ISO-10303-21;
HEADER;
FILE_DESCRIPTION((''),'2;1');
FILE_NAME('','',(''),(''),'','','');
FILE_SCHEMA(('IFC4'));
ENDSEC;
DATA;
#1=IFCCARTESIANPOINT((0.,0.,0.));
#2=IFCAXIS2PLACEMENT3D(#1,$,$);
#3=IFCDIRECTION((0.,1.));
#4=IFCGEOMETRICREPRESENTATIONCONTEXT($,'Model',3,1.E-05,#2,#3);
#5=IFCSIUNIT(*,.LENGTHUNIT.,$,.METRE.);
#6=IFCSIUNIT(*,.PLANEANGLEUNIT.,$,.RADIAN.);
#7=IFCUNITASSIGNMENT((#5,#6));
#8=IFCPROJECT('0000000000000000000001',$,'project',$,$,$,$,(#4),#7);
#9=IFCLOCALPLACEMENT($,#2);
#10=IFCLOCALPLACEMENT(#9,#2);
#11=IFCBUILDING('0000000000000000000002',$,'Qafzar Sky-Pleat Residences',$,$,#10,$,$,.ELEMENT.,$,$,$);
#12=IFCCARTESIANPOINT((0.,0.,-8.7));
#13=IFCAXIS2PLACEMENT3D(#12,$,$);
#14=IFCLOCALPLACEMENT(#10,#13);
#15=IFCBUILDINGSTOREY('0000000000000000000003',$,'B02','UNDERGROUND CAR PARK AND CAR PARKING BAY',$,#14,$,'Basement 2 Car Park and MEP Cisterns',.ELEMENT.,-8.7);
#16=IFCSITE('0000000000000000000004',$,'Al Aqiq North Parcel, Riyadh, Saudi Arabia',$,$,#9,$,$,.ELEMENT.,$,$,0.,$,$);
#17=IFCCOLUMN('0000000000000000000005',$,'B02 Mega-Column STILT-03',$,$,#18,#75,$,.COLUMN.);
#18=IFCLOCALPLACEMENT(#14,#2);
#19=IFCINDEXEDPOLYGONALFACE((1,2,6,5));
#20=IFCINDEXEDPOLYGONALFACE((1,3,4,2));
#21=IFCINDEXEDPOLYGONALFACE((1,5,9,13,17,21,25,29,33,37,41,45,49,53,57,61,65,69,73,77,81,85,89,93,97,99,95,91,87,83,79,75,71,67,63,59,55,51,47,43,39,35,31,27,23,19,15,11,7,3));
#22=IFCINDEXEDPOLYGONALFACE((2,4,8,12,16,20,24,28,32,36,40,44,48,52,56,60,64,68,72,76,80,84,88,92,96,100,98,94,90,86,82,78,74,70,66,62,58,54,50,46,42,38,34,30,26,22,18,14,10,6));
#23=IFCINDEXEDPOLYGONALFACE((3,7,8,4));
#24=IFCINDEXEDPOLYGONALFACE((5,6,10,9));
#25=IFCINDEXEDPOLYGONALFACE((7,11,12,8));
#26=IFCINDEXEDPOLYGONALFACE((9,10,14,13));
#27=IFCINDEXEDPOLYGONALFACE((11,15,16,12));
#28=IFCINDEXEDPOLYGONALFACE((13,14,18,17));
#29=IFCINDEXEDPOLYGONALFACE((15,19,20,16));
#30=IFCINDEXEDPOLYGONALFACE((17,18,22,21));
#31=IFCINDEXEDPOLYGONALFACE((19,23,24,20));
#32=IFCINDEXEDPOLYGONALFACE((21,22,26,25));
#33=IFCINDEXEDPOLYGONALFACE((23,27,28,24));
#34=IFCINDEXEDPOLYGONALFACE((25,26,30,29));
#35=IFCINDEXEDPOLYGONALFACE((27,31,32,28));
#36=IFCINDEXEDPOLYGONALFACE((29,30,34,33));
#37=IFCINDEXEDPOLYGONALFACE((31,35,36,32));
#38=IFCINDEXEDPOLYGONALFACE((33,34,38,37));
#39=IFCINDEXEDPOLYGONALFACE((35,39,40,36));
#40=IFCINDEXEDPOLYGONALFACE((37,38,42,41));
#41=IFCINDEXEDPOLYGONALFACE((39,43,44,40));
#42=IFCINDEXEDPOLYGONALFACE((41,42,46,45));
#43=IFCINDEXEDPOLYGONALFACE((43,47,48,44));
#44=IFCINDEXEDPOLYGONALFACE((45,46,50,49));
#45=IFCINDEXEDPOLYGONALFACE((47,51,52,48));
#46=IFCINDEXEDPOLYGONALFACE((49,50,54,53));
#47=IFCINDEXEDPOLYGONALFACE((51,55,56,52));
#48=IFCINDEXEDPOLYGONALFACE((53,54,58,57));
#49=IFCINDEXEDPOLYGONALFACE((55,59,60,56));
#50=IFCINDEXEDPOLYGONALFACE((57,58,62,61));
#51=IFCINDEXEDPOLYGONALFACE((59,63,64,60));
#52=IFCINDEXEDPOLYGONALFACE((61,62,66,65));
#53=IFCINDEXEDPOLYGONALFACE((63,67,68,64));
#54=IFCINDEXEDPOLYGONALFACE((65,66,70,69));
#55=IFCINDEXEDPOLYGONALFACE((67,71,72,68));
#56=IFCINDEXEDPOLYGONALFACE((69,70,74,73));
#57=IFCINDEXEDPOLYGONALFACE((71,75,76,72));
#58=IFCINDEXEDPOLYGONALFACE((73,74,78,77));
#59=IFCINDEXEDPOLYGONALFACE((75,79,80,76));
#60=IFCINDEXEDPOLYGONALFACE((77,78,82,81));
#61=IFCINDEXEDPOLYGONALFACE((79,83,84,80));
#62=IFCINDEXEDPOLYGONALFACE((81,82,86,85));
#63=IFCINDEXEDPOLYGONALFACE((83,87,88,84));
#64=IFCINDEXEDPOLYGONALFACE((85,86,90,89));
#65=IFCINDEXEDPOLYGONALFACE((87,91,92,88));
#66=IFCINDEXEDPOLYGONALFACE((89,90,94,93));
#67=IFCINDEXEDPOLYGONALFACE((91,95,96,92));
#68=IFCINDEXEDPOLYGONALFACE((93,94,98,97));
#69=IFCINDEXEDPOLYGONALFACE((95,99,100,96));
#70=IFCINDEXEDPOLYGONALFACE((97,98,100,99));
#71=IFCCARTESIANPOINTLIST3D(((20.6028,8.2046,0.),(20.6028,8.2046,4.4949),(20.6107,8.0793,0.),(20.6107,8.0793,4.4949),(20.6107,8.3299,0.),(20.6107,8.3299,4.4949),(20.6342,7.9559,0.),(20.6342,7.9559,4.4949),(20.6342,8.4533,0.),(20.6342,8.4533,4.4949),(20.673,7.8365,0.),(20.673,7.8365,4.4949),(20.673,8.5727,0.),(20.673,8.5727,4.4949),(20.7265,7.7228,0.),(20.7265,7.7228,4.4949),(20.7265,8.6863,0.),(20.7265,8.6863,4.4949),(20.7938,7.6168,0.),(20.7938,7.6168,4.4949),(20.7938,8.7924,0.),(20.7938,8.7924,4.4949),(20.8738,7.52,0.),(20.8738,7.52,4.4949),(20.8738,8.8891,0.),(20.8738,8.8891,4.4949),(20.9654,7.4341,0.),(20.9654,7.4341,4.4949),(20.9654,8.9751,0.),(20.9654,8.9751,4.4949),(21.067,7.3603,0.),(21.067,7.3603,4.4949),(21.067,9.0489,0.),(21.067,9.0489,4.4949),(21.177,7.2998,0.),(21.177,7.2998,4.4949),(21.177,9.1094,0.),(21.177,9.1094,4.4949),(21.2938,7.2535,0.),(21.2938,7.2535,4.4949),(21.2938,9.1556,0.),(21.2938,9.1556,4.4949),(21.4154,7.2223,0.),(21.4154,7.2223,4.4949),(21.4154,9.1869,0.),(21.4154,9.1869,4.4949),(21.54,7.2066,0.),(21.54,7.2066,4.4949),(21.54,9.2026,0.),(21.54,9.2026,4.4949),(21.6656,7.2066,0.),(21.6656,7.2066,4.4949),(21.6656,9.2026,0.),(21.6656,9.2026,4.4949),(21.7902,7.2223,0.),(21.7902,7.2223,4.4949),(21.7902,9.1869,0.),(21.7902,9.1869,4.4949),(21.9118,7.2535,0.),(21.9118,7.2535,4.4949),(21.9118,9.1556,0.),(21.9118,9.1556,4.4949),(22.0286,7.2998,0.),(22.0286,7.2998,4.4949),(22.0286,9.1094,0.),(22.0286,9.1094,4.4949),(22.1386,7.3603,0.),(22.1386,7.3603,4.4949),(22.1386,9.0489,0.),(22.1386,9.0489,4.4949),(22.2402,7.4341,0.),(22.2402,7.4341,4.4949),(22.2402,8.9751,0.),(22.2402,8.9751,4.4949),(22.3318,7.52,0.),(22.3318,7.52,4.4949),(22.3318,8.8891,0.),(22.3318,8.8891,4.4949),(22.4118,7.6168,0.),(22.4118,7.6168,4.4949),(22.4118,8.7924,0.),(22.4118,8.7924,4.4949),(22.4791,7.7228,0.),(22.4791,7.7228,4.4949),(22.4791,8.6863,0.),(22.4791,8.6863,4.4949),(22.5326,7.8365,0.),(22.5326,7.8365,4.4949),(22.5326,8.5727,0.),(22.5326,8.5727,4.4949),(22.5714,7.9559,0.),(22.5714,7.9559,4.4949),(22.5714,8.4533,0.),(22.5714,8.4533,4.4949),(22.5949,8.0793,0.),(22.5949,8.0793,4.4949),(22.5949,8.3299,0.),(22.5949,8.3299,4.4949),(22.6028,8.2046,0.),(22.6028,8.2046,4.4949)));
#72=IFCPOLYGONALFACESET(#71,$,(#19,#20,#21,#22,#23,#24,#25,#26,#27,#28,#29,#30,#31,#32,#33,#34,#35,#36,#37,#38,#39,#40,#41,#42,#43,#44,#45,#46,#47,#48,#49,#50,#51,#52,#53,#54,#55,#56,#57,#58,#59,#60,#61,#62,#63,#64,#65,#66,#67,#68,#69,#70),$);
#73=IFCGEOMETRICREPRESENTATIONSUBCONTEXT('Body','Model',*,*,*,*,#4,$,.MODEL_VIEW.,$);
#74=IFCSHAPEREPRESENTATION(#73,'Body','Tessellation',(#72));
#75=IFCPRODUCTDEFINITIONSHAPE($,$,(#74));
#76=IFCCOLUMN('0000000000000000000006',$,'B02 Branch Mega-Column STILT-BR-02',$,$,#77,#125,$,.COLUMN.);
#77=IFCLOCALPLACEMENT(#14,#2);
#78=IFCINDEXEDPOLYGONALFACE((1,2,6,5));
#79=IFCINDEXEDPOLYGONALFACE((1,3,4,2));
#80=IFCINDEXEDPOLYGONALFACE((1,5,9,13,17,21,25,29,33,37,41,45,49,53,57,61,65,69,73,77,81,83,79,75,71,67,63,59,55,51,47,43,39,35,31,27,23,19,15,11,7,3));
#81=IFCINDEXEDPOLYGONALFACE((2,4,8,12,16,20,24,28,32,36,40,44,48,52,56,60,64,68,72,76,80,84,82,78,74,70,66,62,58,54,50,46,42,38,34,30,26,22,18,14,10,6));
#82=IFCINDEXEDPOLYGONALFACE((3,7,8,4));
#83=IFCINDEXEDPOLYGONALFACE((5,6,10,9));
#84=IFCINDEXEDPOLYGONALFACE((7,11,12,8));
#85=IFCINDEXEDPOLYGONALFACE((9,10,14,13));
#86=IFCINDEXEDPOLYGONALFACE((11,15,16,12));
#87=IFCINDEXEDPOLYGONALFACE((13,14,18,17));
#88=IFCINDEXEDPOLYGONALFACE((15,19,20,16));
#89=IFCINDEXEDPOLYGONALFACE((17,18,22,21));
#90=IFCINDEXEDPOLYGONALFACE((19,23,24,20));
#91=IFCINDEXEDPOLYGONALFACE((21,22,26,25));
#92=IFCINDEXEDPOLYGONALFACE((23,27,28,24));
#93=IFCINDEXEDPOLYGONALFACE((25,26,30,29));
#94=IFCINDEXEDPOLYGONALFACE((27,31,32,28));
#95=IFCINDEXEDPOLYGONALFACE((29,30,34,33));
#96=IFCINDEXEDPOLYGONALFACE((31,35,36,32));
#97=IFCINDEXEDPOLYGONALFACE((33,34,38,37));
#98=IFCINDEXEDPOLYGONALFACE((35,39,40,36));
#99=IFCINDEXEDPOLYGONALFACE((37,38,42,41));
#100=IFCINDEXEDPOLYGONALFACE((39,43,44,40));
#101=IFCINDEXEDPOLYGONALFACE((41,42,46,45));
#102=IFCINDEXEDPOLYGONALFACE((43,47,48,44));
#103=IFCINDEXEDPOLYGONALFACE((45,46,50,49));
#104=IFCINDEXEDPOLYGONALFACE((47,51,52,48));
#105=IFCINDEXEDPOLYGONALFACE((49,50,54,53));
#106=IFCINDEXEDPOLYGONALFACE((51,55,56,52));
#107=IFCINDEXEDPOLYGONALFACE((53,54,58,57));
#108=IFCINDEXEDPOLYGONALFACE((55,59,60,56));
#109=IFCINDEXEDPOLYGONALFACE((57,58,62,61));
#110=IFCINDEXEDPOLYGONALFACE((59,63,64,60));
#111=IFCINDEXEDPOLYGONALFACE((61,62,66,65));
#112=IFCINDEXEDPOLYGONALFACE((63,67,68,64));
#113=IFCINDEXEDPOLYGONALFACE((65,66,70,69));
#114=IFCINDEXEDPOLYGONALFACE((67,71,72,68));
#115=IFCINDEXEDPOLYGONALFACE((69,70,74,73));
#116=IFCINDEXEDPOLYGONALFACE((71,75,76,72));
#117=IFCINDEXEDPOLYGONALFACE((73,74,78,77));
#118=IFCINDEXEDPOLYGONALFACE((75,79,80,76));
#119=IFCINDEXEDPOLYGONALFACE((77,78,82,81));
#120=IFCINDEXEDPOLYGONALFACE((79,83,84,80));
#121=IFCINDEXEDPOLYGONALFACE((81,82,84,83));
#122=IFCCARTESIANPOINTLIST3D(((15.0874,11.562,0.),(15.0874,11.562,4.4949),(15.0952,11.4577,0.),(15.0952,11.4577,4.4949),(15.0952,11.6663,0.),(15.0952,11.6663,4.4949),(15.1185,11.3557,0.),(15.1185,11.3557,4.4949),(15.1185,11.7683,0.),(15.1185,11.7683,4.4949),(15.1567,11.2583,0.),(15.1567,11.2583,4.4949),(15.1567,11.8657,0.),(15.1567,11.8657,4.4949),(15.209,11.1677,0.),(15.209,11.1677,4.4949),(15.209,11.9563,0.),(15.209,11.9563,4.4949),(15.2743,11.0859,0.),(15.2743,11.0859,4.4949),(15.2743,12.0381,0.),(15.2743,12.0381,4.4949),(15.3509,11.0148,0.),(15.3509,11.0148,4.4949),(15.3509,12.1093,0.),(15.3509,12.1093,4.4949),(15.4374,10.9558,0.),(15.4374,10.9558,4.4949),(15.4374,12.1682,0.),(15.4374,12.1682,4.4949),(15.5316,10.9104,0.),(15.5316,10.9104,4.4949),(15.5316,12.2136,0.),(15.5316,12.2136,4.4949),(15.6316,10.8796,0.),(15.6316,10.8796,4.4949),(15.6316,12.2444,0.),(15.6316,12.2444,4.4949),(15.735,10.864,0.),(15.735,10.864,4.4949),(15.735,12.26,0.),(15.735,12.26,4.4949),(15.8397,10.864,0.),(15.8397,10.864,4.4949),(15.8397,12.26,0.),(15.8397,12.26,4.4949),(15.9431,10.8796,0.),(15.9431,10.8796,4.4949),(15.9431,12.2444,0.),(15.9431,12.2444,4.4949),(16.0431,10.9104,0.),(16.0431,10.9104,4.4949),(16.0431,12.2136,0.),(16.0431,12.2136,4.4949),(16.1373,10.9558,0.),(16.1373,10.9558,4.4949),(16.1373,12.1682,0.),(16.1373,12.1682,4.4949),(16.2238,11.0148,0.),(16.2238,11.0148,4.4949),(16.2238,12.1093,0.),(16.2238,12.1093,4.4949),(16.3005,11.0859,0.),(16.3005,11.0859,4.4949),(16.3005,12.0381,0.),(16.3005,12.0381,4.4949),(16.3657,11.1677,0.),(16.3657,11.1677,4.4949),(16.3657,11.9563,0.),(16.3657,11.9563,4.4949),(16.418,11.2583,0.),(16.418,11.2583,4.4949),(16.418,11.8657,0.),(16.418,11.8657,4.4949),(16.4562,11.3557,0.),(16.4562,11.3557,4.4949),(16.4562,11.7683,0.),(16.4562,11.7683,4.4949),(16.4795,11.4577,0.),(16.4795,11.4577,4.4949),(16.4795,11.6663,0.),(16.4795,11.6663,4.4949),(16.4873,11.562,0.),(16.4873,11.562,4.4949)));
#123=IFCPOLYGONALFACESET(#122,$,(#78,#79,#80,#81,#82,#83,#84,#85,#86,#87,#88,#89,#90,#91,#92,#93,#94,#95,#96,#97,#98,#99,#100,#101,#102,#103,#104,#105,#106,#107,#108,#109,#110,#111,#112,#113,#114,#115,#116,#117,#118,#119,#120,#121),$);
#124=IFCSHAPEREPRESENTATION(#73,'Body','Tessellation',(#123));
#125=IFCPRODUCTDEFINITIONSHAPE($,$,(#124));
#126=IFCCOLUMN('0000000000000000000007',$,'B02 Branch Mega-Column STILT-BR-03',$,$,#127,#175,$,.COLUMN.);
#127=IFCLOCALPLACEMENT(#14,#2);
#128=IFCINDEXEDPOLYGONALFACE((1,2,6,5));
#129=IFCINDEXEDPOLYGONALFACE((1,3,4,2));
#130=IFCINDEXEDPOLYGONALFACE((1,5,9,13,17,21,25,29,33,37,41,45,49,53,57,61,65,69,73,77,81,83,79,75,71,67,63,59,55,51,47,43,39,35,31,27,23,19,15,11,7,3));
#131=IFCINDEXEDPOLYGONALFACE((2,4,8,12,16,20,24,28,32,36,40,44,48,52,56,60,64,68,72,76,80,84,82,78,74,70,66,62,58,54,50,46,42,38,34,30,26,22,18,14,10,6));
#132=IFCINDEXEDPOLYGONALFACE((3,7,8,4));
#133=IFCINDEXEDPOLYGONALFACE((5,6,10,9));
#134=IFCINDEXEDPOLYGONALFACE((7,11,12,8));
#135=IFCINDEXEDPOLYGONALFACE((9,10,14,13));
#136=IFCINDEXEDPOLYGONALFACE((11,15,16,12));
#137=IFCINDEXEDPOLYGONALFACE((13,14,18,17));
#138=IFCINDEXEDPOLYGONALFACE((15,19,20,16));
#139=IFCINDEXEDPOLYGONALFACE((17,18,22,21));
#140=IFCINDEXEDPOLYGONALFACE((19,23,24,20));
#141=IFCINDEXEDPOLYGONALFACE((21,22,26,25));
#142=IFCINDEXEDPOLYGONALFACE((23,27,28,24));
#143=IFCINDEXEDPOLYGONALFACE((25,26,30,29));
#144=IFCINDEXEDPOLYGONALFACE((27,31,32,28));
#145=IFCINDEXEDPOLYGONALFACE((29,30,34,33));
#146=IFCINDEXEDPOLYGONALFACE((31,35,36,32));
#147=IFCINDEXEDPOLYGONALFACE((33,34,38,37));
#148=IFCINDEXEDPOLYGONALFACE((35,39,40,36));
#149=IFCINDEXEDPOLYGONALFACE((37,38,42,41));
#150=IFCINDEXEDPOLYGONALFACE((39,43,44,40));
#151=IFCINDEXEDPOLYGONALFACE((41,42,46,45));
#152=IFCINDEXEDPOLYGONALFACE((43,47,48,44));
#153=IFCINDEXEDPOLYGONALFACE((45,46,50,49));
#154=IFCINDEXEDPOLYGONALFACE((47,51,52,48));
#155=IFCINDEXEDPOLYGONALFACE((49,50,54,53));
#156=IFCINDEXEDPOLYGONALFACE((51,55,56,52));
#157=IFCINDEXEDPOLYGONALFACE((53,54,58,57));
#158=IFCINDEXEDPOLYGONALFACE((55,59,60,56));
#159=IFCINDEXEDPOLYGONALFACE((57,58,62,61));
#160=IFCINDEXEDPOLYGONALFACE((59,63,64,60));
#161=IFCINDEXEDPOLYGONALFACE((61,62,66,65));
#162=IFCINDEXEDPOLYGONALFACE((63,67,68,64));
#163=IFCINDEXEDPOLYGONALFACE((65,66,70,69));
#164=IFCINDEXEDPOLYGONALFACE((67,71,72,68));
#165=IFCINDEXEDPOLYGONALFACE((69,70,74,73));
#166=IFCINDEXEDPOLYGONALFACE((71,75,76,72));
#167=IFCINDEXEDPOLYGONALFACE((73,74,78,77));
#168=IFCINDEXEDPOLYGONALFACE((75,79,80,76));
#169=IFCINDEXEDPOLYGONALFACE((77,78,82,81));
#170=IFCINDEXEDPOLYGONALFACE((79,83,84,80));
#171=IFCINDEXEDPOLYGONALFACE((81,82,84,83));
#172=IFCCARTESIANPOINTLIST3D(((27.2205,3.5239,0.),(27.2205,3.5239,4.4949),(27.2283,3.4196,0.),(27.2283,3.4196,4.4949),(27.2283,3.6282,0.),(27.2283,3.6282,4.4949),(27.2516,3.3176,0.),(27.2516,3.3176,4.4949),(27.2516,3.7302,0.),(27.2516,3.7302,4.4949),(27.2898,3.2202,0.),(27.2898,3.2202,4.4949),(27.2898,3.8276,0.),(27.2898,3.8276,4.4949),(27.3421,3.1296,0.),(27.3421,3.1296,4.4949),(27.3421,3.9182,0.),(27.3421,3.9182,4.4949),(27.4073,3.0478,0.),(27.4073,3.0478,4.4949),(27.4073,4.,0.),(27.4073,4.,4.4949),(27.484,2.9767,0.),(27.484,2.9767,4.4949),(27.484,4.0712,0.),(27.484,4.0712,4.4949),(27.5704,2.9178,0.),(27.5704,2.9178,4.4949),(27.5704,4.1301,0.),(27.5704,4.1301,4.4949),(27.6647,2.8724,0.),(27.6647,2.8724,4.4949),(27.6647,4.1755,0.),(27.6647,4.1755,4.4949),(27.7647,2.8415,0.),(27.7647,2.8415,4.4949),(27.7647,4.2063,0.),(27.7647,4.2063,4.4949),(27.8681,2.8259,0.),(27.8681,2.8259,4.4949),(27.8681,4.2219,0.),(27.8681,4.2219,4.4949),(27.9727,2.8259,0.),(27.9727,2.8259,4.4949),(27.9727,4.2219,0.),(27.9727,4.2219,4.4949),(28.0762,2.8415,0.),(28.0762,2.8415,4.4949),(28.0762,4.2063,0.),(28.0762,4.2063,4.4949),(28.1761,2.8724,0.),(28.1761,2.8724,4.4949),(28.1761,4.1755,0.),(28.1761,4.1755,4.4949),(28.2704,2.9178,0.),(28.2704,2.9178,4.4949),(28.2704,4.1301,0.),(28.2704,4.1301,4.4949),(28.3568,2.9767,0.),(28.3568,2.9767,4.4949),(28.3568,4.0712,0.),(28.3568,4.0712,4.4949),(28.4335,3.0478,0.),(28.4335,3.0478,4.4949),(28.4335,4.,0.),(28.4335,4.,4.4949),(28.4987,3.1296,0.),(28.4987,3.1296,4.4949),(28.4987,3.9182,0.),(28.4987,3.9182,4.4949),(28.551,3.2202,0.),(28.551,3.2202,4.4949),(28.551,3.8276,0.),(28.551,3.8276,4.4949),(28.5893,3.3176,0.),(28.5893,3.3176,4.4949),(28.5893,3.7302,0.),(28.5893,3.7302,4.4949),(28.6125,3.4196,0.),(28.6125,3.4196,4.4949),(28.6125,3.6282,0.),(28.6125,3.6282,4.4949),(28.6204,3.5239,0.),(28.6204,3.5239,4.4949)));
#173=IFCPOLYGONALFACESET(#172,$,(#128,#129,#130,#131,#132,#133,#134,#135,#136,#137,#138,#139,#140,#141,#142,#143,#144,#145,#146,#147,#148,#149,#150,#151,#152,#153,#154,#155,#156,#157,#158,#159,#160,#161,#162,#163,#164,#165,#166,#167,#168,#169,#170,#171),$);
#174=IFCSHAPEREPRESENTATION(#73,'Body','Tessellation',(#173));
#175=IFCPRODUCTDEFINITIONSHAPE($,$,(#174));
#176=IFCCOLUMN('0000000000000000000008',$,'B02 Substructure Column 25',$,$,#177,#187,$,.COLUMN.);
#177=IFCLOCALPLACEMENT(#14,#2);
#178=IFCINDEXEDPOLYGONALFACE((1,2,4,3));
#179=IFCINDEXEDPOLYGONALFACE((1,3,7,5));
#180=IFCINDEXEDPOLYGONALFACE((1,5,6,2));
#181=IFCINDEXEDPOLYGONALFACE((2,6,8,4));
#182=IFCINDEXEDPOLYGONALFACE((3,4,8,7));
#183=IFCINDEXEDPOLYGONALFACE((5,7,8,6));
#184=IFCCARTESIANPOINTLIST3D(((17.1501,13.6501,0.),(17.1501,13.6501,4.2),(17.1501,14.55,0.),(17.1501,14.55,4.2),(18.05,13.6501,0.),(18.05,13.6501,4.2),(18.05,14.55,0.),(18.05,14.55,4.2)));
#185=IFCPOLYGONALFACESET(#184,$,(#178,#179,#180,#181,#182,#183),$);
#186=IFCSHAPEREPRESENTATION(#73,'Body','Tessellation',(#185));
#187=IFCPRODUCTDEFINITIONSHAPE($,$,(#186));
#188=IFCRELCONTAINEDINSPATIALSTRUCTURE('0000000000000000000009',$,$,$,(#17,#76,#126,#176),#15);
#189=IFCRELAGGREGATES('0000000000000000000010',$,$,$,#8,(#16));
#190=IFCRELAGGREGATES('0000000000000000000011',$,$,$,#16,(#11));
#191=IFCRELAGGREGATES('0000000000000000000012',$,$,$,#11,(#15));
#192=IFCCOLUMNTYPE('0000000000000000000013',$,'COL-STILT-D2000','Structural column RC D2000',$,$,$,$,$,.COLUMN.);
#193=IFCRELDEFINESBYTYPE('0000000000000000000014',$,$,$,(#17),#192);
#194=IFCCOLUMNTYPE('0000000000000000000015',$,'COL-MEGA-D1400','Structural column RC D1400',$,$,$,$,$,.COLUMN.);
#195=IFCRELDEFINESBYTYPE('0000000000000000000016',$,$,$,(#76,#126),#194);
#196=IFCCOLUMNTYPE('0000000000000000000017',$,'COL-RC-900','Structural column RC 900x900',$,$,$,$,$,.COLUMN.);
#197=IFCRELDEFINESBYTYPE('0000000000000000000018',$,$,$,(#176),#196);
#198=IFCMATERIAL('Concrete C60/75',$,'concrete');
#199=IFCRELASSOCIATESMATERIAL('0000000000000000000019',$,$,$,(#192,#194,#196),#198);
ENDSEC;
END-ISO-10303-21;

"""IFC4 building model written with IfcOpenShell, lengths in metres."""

from ifc_helpers import new_model, si_unit, direction, frame, origin, origin_2d, place, context, subcontext, project, spatial, rectangle, circle, extrude, source, transform, mapped, material, material_profile, profile_set, type_object, element, save


model = new_model("IFC4")

# Units and contexts
model_context = context("Model", 3, precision=1e-05, world=origin(), true_north=direction((0.0, 1.0)))
body_context = subcontext(model_context, "Body", "Model", "MODEL_VIEW")
ifc_project = project(units=[si_unit("LENGTHUNIT", "METRE"), si_unit("PLANEANGLEUNIT", "RADIAN")], contexts=[model_context])

# Site, building, storey
site_placement = place(None, origin())
site = spatial("IfcSite", under=ifc_project, at=site_placement, Name="Al Aqiq North Parcel, Riyadh, Saudi Arabia", CompositionType="ELEMENT", RefElevation=0.0)
building_placement = place(site_placement, origin())
building = spatial("IfcBuilding", under=site, at=building_placement, Name="Qafzar Sky-Pleat Residences", CompositionType="ELEMENT")
storey_placement = place(building_placement, frame((0.0, 0.0, -8.7)))
storey = spatial("IfcBuildingStorey", under=building, at=storey_placement, Name="B02", Description="UNDERGROUND CAR PARK AND CAR PARKING BAY", LongName="Basement 2 Car Park and MEP Cisterns", CompositionType="ELEMENT", Elevation=-8.7)

# Columns
ifc_material_1 = material(Name="Concrete C60/75", Category="concrete")
ifc_material_profile_1 = material_profile(ifc_material_1, circle(Radius=1.0, at=origin_2d()), Name="RC D2000")
ifc_profile_set_1 = profile_set([ifc_material_profile_1], Name="Concrete C60/75")
column_type_1 = type_object("IfcColumnType", Name="COL-STILT-D2000", Description="Structural column RC D2000", PredefinedType="COLUMN", material=ifc_profile_set_1)
shared_shape_1 = source(origin(), body_context, "Body", "SweptSolid", [
    extrude(circle(Radius=1.0, at=origin_2d()), origin(), (0.0, 0.0, 1.0), 4.4949),
])
column_1_placement = place(storey_placement, frame((21.6028, 8.2046, 0.0), z_axis=(0.0, 0.0, 1.0), x_axis=(1.0, 0.0, 0.0)))
element("IfcColumn", 1, at=column_1_placement, inside=storey, type_object=column_type_1, Name="B02 Mega-Column STILT-03", PredefinedType="COLUMN", context=body_context, shape_type="MappedRepresentation", body=[
    mapped(shared_shape_1, transform((0.0, 0.0, 0.0), x_axis=(1.0, 0.0, 0.0), y_axis=(0.0, 1.0, 0.0), z_axis=(0.0, 0.0, 1.0), scale=1.0)),
])
ifc_material_profile_2 = material_profile(ifc_material_1, circle(Radius=0.7, at=origin_2d()), Name="RC D1400")
ifc_profile_set_2 = profile_set([ifc_material_profile_2], Name="Concrete C60/75")
column_type_2 = type_object("IfcColumnType", Name="COL-MEGA-D1400", Description="Structural column RC D1400", PredefinedType="COLUMN", material=ifc_profile_set_2)
shared_shape_2 = source(origin(), body_context, "Body", "SweptSolid", [
    extrude(circle(Radius=0.7, at=origin_2d()), origin(), (0.0, 0.0, 1.0), 4.4949),
])
for number, where, z_axis, x_axis, name in (
    (2, (15.7874, 11.562, 0.0), (0.0, 0.0, 1.0), (1.0, 0.0, 0.0), "B02 Branch Mega-Column STILT-BR-02"),
    (3, (27.9204, 3.5239, 0.0), (0.0, 0.0, 1.0), (1.0, 0.0, 0.0), "B02 Branch Mega-Column STILT-BR-03"),
):
    element("IfcColumn", number, at=place(storey_placement, frame(where, z_axis=z_axis, x_axis=x_axis)), inside=storey, type_object=column_type_2, Name=name, PredefinedType="COLUMN", context=body_context, shape_type="MappedRepresentation", body=[
        mapped(shared_shape_2, transform((0.0, 0.0, 0.0), x_axis=(1.0, 0.0, 0.0), y_axis=(0.0, 1.0, 0.0), z_axis=(0.0, 0.0, 1.0), scale=1.0)),
    ])
ifc_material_profile_3 = material_profile(ifc_material_1, rectangle(XDim=0.8999, YDim=0.8999, at=origin_2d()), Name="RC 900x900")
ifc_profile_set_3 = profile_set([ifc_material_profile_3], Name="Concrete C60/75")
column_type_3 = type_object("IfcColumnType", Name="COL-RC-900", Description="Structural column RC 900x900", PredefinedType="COLUMN", material=ifc_profile_set_3)
shared_shape_3 = source(origin(), body_context, "Body", "SweptSolid", [
    extrude(rectangle(XDim=0.8999, YDim=0.8999, at=origin_2d()), origin(), (0.0, 0.0, 1.0), 4.2),
])
column_2_placement = place(storey_placement, frame((17.6001, 14.1001, 0.0), z_axis=(0.0, 0.0, 1.0), x_axis=(1.0, 0.0, 0.0)))
element("IfcColumn", 4, at=column_2_placement, inside=storey, type_object=column_type_3, Name="B02 Substructure Column 25", PredefinedType="COLUMN", context=body_context, shape_type="MappedRepresentation", body=[
    mapped(shared_shape_3, transform((0.0, 0.0, 0.0), x_axis=(1.0, 0.0, 0.0), y_axis=(0.0, 1.0, 0.0), z_axis=(0.0, 0.0, 1.0), scale=1.0)),
])

save(model, "model.ifc")
